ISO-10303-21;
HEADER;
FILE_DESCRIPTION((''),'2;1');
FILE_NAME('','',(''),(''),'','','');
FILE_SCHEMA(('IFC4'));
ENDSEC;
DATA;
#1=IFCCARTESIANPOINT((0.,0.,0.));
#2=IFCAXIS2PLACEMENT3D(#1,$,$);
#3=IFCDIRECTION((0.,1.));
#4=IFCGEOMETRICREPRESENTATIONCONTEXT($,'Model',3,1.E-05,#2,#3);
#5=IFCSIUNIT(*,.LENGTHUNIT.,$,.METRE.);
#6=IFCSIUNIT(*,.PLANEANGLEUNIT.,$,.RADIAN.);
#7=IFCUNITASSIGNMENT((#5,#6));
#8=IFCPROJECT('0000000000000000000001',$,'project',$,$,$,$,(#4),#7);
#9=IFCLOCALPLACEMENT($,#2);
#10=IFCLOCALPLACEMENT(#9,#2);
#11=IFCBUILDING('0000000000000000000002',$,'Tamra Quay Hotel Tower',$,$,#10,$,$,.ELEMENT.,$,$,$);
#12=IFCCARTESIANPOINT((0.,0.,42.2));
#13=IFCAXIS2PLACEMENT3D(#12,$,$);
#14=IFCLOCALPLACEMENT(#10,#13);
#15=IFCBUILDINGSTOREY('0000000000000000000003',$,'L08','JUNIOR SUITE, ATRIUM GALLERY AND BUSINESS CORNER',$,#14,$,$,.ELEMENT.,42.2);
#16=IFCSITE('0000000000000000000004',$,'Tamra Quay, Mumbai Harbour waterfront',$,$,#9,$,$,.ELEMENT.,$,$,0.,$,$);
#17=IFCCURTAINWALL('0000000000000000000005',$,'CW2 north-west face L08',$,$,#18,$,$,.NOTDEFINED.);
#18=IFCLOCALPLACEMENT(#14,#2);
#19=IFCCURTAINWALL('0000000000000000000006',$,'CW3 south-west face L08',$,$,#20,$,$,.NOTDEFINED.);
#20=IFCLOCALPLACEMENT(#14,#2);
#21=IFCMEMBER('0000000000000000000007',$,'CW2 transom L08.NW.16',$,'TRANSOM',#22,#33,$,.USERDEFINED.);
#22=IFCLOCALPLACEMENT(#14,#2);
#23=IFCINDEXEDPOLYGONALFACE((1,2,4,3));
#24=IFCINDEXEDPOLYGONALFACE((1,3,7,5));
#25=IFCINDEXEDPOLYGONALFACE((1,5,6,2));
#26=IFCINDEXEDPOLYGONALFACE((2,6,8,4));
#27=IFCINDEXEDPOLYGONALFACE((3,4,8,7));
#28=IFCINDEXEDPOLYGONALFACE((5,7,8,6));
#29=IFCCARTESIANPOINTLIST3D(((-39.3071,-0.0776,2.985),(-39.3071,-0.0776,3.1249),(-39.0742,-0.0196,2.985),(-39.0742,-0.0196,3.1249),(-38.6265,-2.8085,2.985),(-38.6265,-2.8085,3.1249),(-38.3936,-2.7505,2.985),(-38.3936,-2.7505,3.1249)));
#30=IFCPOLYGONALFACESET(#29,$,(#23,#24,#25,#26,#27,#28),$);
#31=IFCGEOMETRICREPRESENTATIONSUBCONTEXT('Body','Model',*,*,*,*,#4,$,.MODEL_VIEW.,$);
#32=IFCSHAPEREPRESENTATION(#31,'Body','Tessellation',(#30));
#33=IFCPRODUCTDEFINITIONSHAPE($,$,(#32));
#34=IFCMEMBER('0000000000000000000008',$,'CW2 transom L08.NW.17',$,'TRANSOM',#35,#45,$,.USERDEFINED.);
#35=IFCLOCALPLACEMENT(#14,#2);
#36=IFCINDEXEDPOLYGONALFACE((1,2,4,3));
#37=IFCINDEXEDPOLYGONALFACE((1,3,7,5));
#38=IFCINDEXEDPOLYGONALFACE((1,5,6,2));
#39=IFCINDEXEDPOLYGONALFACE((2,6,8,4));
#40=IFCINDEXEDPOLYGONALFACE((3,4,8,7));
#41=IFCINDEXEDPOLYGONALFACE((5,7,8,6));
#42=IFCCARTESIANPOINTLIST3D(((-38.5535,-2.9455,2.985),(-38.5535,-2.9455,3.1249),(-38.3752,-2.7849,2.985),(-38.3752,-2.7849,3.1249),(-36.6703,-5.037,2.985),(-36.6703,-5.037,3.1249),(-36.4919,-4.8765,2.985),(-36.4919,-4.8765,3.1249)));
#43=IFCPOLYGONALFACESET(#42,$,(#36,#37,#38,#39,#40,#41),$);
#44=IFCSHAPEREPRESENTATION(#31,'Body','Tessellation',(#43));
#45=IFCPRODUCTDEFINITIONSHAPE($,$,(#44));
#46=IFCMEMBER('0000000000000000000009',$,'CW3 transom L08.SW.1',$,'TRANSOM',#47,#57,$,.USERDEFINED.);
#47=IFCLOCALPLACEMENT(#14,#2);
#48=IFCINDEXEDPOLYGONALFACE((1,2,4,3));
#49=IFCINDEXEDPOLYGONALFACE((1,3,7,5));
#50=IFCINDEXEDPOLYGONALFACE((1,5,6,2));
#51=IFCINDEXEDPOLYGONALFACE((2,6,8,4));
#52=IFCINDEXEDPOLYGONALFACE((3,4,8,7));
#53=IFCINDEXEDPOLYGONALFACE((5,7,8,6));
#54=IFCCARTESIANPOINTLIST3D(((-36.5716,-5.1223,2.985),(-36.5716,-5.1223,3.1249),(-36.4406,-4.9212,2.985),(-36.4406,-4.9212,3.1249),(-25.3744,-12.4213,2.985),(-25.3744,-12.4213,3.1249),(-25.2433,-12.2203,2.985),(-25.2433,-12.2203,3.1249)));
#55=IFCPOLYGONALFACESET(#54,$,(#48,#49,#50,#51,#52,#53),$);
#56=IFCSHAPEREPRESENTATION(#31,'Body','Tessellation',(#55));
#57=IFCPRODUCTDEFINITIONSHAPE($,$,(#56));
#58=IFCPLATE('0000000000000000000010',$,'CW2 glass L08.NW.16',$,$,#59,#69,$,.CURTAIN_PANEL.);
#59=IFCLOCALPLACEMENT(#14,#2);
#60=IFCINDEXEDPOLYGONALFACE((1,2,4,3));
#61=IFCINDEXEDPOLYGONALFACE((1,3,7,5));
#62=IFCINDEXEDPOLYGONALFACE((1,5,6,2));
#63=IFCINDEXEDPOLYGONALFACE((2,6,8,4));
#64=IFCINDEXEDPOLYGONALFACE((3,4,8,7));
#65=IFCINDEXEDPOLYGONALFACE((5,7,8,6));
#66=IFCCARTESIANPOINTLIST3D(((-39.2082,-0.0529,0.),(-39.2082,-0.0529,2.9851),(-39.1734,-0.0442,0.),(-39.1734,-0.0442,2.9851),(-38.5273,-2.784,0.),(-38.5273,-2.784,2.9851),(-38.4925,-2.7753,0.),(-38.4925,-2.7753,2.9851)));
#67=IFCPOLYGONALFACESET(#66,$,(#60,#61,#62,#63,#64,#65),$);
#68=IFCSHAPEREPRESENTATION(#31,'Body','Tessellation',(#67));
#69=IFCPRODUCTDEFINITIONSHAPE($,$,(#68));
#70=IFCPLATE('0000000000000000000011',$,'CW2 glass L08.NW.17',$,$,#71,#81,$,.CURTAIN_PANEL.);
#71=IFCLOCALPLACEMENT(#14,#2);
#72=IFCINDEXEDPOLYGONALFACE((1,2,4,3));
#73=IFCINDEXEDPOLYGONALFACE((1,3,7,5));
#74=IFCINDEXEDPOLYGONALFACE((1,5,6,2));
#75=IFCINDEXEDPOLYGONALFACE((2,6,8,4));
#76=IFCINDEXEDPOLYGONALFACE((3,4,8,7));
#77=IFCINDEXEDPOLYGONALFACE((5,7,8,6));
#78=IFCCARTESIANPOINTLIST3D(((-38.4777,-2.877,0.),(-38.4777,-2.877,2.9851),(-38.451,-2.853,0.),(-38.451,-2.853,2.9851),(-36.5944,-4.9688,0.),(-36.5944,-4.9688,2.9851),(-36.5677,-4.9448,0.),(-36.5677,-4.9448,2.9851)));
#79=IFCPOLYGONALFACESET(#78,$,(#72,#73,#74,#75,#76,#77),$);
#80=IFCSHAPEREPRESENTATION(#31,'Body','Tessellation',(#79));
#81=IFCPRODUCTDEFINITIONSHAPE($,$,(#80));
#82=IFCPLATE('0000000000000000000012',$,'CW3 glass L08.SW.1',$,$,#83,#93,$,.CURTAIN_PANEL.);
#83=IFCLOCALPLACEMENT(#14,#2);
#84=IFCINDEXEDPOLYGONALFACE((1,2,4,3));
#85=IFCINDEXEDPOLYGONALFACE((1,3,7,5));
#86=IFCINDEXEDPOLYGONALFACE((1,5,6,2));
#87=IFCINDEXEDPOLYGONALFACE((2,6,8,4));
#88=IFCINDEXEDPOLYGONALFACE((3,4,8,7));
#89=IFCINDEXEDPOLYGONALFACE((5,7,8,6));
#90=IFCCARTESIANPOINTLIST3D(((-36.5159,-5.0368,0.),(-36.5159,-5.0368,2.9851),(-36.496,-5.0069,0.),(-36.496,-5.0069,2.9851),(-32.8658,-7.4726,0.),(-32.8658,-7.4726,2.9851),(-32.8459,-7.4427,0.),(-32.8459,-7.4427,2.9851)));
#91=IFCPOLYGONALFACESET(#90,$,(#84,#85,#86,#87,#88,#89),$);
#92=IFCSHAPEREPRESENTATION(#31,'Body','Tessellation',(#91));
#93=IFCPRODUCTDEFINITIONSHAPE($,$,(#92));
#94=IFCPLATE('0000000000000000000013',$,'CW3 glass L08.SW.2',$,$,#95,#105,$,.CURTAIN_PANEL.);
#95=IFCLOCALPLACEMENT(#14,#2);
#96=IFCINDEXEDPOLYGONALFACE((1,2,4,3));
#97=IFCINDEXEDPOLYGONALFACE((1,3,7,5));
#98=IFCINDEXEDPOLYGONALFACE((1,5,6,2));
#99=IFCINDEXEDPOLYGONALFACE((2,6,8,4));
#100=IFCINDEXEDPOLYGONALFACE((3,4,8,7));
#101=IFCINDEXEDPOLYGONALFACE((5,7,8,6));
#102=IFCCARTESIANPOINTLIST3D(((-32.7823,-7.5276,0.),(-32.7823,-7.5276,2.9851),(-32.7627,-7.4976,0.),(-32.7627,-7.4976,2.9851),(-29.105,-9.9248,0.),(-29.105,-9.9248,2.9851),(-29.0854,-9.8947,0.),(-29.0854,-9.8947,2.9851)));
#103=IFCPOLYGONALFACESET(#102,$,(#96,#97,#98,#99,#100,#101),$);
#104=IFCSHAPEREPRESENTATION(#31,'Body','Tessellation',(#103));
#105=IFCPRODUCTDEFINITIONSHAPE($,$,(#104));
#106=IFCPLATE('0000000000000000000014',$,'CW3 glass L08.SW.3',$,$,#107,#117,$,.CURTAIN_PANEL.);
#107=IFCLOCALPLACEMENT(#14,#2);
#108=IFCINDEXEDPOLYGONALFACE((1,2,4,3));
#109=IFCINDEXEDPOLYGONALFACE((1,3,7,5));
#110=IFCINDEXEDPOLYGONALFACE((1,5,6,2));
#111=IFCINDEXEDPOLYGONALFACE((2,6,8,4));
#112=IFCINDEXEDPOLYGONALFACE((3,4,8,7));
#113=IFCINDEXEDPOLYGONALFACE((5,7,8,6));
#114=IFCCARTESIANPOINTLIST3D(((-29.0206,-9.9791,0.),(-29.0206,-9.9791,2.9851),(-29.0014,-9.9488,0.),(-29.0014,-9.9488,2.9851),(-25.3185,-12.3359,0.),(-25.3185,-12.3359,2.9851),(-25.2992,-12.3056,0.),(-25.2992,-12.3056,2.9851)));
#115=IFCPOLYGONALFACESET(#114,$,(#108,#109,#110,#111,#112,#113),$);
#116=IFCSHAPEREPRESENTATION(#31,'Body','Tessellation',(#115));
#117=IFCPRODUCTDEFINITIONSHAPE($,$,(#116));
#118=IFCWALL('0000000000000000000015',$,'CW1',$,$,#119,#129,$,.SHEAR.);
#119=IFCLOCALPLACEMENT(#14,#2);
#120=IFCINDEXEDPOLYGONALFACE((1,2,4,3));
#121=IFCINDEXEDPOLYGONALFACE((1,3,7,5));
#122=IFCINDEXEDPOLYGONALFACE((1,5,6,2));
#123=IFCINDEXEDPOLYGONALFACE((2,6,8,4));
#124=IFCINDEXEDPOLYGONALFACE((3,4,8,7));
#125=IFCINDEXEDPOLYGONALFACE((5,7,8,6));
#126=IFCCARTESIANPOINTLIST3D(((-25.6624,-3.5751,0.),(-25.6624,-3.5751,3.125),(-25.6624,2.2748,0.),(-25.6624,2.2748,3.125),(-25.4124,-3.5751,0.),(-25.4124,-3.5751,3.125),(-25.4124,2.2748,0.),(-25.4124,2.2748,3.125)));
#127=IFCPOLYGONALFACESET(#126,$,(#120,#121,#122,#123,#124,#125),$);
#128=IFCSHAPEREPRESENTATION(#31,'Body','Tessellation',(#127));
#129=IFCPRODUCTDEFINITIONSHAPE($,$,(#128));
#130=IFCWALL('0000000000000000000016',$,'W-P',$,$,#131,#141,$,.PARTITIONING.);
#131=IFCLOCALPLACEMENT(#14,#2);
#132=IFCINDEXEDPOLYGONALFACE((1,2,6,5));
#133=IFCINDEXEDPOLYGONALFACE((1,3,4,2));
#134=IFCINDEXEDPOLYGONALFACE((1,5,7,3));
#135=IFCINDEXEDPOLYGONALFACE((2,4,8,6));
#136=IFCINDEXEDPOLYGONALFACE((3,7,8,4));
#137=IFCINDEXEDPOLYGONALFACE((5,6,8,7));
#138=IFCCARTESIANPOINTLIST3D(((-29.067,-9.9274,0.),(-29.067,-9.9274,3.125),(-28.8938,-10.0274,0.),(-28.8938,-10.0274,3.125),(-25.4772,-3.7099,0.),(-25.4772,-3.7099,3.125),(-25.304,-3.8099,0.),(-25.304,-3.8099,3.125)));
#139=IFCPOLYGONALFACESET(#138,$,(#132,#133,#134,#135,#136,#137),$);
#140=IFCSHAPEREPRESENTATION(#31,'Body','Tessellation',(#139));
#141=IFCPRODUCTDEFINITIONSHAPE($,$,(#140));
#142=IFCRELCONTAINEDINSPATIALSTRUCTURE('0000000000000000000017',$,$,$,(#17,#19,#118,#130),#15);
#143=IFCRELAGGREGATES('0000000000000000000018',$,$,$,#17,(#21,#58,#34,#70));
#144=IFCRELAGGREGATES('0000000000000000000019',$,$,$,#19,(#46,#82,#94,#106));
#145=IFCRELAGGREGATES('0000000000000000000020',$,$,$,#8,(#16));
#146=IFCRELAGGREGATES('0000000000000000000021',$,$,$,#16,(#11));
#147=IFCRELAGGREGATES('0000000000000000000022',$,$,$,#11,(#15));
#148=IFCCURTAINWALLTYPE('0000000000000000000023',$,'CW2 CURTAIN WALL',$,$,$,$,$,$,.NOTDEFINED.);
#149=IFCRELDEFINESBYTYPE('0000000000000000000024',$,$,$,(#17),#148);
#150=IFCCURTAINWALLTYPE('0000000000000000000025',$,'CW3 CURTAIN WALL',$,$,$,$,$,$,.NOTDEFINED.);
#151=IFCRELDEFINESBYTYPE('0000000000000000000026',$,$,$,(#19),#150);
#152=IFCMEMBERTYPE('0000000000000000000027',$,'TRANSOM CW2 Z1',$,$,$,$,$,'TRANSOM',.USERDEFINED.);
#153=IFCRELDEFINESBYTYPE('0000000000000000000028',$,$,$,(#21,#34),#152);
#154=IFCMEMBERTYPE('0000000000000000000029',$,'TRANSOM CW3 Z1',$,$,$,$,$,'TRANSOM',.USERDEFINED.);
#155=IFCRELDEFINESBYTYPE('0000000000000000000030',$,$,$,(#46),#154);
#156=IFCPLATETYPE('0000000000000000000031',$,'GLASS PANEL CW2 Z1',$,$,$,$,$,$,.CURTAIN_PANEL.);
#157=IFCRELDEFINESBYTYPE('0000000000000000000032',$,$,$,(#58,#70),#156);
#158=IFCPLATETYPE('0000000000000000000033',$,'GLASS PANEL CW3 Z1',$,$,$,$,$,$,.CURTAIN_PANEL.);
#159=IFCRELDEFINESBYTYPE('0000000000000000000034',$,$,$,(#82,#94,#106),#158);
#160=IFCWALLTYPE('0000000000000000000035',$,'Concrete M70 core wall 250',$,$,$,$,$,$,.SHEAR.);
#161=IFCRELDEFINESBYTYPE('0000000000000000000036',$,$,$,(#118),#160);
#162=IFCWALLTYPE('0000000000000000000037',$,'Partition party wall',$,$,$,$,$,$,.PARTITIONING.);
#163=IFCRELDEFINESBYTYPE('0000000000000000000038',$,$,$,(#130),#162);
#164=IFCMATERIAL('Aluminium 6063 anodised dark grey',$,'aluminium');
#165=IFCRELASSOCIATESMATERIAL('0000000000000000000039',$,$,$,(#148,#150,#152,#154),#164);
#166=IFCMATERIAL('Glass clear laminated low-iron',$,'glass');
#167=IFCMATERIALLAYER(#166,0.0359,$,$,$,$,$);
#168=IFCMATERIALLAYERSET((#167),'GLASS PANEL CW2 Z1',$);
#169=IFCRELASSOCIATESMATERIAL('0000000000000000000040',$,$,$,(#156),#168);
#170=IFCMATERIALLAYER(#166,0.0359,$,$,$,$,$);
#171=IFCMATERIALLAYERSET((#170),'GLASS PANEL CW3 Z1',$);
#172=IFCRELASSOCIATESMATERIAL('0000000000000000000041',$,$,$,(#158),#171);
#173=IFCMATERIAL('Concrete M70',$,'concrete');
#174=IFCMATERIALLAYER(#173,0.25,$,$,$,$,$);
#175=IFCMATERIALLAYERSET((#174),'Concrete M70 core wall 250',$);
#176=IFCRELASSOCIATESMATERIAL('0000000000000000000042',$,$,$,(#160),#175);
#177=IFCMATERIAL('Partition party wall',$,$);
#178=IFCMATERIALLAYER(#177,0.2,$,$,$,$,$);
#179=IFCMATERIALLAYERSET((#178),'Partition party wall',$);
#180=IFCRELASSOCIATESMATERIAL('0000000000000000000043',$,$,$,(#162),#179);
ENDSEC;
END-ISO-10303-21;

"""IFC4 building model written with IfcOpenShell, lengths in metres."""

from ifc_helpers import new_model, si_unit, direction, frame, frame_2d, origin, origin_2d, place, context, subcontext, project, spatial, rectangle, extrude, material, layer, layer_set, material_profile, profile_set, type_object, element, aggregate, save


model = new_model("IFC4")

# Units and contexts
model_context = context("Model", 3, precision=1e-05, world=origin(), true_north=direction((0.0, 1.0)))
body_context = subcontext(model_context, "Body", "Model", "MODEL_VIEW")
ifc_project = project(units=[si_unit("LENGTHUNIT", "METRE"), si_unit("PLANEANGLEUNIT", "RADIAN")], contexts=[model_context])

# Site, building, storey
site_placement = place(None, origin())
site = spatial("IfcSite", under=ifc_project, at=site_placement, Name="Tamra Quay, Mumbai Harbour waterfront", CompositionType="ELEMENT", RefElevation=0.0)
building_placement = place(site_placement, origin())
building = spatial("IfcBuilding", under=site, at=building_placement, Name="Tamra Quay Hotel Tower", CompositionType="ELEMENT")
storey_placement = place(building_placement, frame((0.0, 0.0, 42.2)))
storey = spatial("IfcBuildingStorey", under=building, at=storey_placement, Name="L08", Description="JUNIOR SUITE, ATRIUM GALLERY AND BUSINESS CORNER", CompositionType="ELEMENT", Elevation=42.2)

# Shared definitions
ifc_material_1 = material(Name="Concrete M70", Category="concrete")

# Curtain walls
ifc_material_2 = material(Name="Aluminium 6063 anodised dark grey", Category="aluminium")
curtain_wall_type_1 = type_object("IfcCurtainWallType", Name="CW2 CURTAIN WALL", PredefinedType="NOTDEFINED", material=ifc_material_2)
curtain_wall_1_placement = place(storey_placement, origin())
curtain_wall_1 = element("IfcCurtainWall", 1, at=curtain_wall_1_placement, inside=storey, type_object=curtain_wall_type_1, Name="CW2 north-west face L08", PredefinedType="NOTDEFINED")
curtain_wall_type_2 = type_object("IfcCurtainWallType", Name="CW3 CURTAIN WALL", PredefinedType="NOTDEFINED", material=ifc_material_2)
curtain_wall_2_placement = place(storey_placement, origin())
curtain_wall_2 = element("IfcCurtainWall", 2, at=curtain_wall_2_placement, inside=storey, type_object=curtain_wall_type_2, Name="CW3 south-west face L08", PredefinedType="NOTDEFINED")

# Members
ifc_material_profile_1 = material_profile(ifc_material_2, rectangle(XDim=0.24, YDim=0.1399, at=origin_2d()), Name="TRANSOM 240X140")
ifc_profile_set_1 = profile_set([ifc_material_profile_1], Name="Aluminium 6063 anodised dark grey")
member_type_1 = type_object("IfcMemberType", Name="TRANSOM CW2 Z1", ElementType="TRANSOM", PredefinedType="USERDEFINED", material=ifc_profile_set_1)
member_1_placement = place(storey_placement, frame((-39.1907, -0.0486, 3.0549), z_axis=(0.241842, -0.970316, 0.0), x_axis=(0.970316, 0.241842, 0.0)))
member_1 = element("IfcMember", 3, at=member_1_placement, type_object=member_type_1, Name="CW2 transom L08.NW.16", ObjectType="TRANSOM", PredefinedType="USERDEFINED", context=body_context, shape_type="SweptSolid", body=[
    extrude(rectangle(XDim=0.24, YDim=0.1399, at=origin_2d()), origin(), (0.0, 0.0, 1.0), 2.8145),
])
member_2_placement = place(storey_placement, frame((-38.4644, -2.8652, 3.0549), z_axis=(0.669142, -0.743135, 0.0), x_axis=(0.743135, 0.669142, 0.0)))
member_2 = element("IfcMember", 4, at=member_2_placement, type_object=member_type_1, Name="CW2 transom L08.NW.17", ObjectType="TRANSOM", PredefinedType="USERDEFINED", context=body_context, shape_type="SweptSolid", body=[
    extrude(rectangle(XDim=0.24, YDim=0.1399, at=origin_2d()), origin(), (0.0, 0.0, 1.0), 2.8145),
])
ifc_material_profile_2 = material_profile(ifc_material_2, rectangle(XDim=0.24, YDim=0.1399, at=origin_2d()), Name="TRANSOM 240X140")
ifc_profile_set_2 = profile_set([ifc_material_profile_2], Name="Aluminium 6063 anodised dark grey")
member_type_2 = type_object("IfcMemberType", Name="TRANSOM CW3 Z1", ElementType="TRANSOM", PredefinedType="USERDEFINED", material=ifc_profile_set_2)
member_3_placement = place(storey_placement, frame((-36.5061, -5.0217, 3.0549), z_axis=(0.83773, -0.546084, 0.0), x_axis=(0.546084, 0.83773, 0.0)))
member_3 = element("IfcMember", 5, at=member_3_placement, type_object=member_type_2, Name="CW3 transom L08.SW.1", ObjectType="TRANSOM", PredefinedType="USERDEFINED", context=body_context, shape_type="SweptSolid", body=[
    extrude(rectangle(XDim=0.24, YDim=0.1399, at=origin_2d()), origin(), (0.0, 0.0, 1.0), 13.3662),
])

# Plates
ifc_material_3 = material(Name="Glass clear laminated low-iron", Category="glass")
ifc_layer_1 = layer(ifc_material_3, 0.0359)
ifc_layer_set_1 = layer_set([ifc_layer_1], Name="GLASS PANEL CW2 Z1")
plate_type_1 = type_object("IfcPlateType", Name="GLASS PANEL CW2 Z1", PredefinedType="CURTAIN_PANEL", material=ifc_layer_set_1)
plate_1_placement = place(storey_placement, frame((-38.8503, -1.4141, 0.0), z_axis=(0.0, 0.0, 1.0), x_axis=(0.241914, -0.970298, 0.0)))
plate_1 = element("IfcPlate", 6, at=plate_1_placement, type_object=plate_type_1, Name="CW2 glass L08.NW.16", PredefinedType="CURTAIN_PANEL", context=body_context, shape_type="SweptSolid", body=[
    extrude(rectangle(XDim=2.8147, YDim=0.0359, at=origin_2d()), origin(), (0.0, 0.0, 1.0), 2.9851),
])
plate_2_placement = place(storey_placement, frame((-37.5227, -3.9109, 0.0), z_axis=(0.0, 0.0, 1.0), x_axis=(0.669112, -0.743161, 0.0)))
plate_2 = element("IfcPlate", 7, at=plate_2_placement, type_object=plate_type_1, Name="CW2 glass L08.NW.17", PredefinedType="CURTAIN_PANEL", context=body_context, shape_type="SweptSolid", body=[
    extrude(rectangle(XDim=2.8147, YDim=0.0359, at=origin_2d()), origin(), (0.0, 0.0, 1.0), 2.9851),
])
aggregate(curtain_wall_1, [member_1, plate_1, member_2, plate_2])
ifc_layer_2 = layer(ifc_material_3, 0.0359)
ifc_layer_set_2 = layer_set([ifc_layer_2], Name="GLASS PANEL CW3 Z1")
plate_type_2 = type_object("IfcPlateType", Name="GLASS PANEL CW3 Z1", PredefinedType="CURTAIN_PANEL", material=ifc_layer_set_2)
plate_3_placement = place(storey_placement, frame((-34.6809, -6.2397, 0.0), z_axis=(0.0, 0.0, 1.0), x_axis=(0.831798, -0.555079, 0.0)))
plate_3 = element("IfcPlate", 8, at=plate_3_placement, type_object=plate_type_2, Name="CW3 glass L08.SW.1", PredefinedType="CURTAIN_PANEL", context=body_context, shape_type="SweptSolid", body=[
    extrude(rectangle(XDim=4.3882, YDim=0.0359, at=origin_2d()), origin(), (0.0, 0.0, 1.0), 2.9851),
])
plate_4_placement = place(storey_placement, frame((-30.9338, -8.7112, 0.0), z_axis=(0.0, 0.0, 1.0), x_axis=(0.837728, -0.546088, 0.0)))
plate_4 = element("IfcPlate", 9, at=plate_4_placement, type_object=plate_type_2, Name="CW3 glass L08.SW.2", PredefinedType="CURTAIN_PANEL", context=body_context, shape_type="SweptSolid", body=[
    extrude(rectangle(XDim=4.3896, YDim=0.0359, at=origin_2d()), origin(), (0.0, 0.0, 1.0), 2.9851),
])
plate_5_placement = place(storey_placement, frame((-27.1599, -11.1423, 0.0), z_axis=(0.0, 0.0, 1.0), x_axis=(0.843571, -0.537018, 0.0)))
plate_5 = element("IfcPlate", 10, at=plate_5_placement, type_object=plate_type_2, Name="CW3 glass L08.SW.3", PredefinedType="CURTAIN_PANEL", context=body_context, shape_type="SweptSolid", body=[
    extrude(rectangle(XDim=4.3887, YDim=0.0359, at=origin_2d()), origin(), (0.0, 0.0, 1.0), 2.9851),
])
aggregate(curtain_wall_2, [member_3, plate_3, plate_4, plate_5])

# Walls
ifc_layer_3 = layer(ifc_material_1, 0.25)
ifc_layer_set_3 = layer_set([ifc_layer_3], Name="Concrete M70 core wall 250")
wall_type_1 = type_object("IfcWallType", Name="Concrete M70 core wall 250", PredefinedType="SHEAR", material=ifc_layer_set_3)
wall_1_placement = place(storey_placement, frame((-25.5374, -3.575, 0.0), z_axis=(0.0, 0.0, 1.0), x_axis=(0.0, 1.0, 0.0)))
element("IfcWall", 11, at=wall_1_placement, inside=storey, type_object=wall_type_1, Name="CW1", PredefinedType="SHEAR", context=body_context, shape_type="SweptSolid", body=[
    extrude(rectangle(XDim=5.8499, YDim=0.25, at=frame_2d((2.9248, 0.0))), origin(), (0.0, 0.0, 1.0), 3.125),
])
ifc_material_4 = material(Name="Partition party wall")
ifc_layer_4 = layer(ifc_material_4, 0.2)
ifc_layer_set_4 = layer_set([ifc_layer_4], Name="Partition party wall")
wall_type_2 = type_object("IfcWallType", Name="Partition party wall", PredefinedType="PARTITIONING", material=ifc_layer_set_4)
wall_2_placement = place(storey_placement, frame((-28.9805, -9.9775, 0.0), z_axis=(0.0, 0.0, 1.0), x_axis=(0.500016, 0.866016, 0.0)))
element("IfcWall", 12, at=wall_2_placement, inside=storey, type_object=wall_type_2, Name="W-P", PredefinedType="PARTITIONING", context=body_context, shape_type="SweptSolid", body=[
    extrude(rectangle(XDim=7.1794, YDim=0.2, at=frame_2d((3.5898, 0.0))), origin(), (0.0, 0.0, 1.0), 3.125),
])

save(model, "model.ifc")
